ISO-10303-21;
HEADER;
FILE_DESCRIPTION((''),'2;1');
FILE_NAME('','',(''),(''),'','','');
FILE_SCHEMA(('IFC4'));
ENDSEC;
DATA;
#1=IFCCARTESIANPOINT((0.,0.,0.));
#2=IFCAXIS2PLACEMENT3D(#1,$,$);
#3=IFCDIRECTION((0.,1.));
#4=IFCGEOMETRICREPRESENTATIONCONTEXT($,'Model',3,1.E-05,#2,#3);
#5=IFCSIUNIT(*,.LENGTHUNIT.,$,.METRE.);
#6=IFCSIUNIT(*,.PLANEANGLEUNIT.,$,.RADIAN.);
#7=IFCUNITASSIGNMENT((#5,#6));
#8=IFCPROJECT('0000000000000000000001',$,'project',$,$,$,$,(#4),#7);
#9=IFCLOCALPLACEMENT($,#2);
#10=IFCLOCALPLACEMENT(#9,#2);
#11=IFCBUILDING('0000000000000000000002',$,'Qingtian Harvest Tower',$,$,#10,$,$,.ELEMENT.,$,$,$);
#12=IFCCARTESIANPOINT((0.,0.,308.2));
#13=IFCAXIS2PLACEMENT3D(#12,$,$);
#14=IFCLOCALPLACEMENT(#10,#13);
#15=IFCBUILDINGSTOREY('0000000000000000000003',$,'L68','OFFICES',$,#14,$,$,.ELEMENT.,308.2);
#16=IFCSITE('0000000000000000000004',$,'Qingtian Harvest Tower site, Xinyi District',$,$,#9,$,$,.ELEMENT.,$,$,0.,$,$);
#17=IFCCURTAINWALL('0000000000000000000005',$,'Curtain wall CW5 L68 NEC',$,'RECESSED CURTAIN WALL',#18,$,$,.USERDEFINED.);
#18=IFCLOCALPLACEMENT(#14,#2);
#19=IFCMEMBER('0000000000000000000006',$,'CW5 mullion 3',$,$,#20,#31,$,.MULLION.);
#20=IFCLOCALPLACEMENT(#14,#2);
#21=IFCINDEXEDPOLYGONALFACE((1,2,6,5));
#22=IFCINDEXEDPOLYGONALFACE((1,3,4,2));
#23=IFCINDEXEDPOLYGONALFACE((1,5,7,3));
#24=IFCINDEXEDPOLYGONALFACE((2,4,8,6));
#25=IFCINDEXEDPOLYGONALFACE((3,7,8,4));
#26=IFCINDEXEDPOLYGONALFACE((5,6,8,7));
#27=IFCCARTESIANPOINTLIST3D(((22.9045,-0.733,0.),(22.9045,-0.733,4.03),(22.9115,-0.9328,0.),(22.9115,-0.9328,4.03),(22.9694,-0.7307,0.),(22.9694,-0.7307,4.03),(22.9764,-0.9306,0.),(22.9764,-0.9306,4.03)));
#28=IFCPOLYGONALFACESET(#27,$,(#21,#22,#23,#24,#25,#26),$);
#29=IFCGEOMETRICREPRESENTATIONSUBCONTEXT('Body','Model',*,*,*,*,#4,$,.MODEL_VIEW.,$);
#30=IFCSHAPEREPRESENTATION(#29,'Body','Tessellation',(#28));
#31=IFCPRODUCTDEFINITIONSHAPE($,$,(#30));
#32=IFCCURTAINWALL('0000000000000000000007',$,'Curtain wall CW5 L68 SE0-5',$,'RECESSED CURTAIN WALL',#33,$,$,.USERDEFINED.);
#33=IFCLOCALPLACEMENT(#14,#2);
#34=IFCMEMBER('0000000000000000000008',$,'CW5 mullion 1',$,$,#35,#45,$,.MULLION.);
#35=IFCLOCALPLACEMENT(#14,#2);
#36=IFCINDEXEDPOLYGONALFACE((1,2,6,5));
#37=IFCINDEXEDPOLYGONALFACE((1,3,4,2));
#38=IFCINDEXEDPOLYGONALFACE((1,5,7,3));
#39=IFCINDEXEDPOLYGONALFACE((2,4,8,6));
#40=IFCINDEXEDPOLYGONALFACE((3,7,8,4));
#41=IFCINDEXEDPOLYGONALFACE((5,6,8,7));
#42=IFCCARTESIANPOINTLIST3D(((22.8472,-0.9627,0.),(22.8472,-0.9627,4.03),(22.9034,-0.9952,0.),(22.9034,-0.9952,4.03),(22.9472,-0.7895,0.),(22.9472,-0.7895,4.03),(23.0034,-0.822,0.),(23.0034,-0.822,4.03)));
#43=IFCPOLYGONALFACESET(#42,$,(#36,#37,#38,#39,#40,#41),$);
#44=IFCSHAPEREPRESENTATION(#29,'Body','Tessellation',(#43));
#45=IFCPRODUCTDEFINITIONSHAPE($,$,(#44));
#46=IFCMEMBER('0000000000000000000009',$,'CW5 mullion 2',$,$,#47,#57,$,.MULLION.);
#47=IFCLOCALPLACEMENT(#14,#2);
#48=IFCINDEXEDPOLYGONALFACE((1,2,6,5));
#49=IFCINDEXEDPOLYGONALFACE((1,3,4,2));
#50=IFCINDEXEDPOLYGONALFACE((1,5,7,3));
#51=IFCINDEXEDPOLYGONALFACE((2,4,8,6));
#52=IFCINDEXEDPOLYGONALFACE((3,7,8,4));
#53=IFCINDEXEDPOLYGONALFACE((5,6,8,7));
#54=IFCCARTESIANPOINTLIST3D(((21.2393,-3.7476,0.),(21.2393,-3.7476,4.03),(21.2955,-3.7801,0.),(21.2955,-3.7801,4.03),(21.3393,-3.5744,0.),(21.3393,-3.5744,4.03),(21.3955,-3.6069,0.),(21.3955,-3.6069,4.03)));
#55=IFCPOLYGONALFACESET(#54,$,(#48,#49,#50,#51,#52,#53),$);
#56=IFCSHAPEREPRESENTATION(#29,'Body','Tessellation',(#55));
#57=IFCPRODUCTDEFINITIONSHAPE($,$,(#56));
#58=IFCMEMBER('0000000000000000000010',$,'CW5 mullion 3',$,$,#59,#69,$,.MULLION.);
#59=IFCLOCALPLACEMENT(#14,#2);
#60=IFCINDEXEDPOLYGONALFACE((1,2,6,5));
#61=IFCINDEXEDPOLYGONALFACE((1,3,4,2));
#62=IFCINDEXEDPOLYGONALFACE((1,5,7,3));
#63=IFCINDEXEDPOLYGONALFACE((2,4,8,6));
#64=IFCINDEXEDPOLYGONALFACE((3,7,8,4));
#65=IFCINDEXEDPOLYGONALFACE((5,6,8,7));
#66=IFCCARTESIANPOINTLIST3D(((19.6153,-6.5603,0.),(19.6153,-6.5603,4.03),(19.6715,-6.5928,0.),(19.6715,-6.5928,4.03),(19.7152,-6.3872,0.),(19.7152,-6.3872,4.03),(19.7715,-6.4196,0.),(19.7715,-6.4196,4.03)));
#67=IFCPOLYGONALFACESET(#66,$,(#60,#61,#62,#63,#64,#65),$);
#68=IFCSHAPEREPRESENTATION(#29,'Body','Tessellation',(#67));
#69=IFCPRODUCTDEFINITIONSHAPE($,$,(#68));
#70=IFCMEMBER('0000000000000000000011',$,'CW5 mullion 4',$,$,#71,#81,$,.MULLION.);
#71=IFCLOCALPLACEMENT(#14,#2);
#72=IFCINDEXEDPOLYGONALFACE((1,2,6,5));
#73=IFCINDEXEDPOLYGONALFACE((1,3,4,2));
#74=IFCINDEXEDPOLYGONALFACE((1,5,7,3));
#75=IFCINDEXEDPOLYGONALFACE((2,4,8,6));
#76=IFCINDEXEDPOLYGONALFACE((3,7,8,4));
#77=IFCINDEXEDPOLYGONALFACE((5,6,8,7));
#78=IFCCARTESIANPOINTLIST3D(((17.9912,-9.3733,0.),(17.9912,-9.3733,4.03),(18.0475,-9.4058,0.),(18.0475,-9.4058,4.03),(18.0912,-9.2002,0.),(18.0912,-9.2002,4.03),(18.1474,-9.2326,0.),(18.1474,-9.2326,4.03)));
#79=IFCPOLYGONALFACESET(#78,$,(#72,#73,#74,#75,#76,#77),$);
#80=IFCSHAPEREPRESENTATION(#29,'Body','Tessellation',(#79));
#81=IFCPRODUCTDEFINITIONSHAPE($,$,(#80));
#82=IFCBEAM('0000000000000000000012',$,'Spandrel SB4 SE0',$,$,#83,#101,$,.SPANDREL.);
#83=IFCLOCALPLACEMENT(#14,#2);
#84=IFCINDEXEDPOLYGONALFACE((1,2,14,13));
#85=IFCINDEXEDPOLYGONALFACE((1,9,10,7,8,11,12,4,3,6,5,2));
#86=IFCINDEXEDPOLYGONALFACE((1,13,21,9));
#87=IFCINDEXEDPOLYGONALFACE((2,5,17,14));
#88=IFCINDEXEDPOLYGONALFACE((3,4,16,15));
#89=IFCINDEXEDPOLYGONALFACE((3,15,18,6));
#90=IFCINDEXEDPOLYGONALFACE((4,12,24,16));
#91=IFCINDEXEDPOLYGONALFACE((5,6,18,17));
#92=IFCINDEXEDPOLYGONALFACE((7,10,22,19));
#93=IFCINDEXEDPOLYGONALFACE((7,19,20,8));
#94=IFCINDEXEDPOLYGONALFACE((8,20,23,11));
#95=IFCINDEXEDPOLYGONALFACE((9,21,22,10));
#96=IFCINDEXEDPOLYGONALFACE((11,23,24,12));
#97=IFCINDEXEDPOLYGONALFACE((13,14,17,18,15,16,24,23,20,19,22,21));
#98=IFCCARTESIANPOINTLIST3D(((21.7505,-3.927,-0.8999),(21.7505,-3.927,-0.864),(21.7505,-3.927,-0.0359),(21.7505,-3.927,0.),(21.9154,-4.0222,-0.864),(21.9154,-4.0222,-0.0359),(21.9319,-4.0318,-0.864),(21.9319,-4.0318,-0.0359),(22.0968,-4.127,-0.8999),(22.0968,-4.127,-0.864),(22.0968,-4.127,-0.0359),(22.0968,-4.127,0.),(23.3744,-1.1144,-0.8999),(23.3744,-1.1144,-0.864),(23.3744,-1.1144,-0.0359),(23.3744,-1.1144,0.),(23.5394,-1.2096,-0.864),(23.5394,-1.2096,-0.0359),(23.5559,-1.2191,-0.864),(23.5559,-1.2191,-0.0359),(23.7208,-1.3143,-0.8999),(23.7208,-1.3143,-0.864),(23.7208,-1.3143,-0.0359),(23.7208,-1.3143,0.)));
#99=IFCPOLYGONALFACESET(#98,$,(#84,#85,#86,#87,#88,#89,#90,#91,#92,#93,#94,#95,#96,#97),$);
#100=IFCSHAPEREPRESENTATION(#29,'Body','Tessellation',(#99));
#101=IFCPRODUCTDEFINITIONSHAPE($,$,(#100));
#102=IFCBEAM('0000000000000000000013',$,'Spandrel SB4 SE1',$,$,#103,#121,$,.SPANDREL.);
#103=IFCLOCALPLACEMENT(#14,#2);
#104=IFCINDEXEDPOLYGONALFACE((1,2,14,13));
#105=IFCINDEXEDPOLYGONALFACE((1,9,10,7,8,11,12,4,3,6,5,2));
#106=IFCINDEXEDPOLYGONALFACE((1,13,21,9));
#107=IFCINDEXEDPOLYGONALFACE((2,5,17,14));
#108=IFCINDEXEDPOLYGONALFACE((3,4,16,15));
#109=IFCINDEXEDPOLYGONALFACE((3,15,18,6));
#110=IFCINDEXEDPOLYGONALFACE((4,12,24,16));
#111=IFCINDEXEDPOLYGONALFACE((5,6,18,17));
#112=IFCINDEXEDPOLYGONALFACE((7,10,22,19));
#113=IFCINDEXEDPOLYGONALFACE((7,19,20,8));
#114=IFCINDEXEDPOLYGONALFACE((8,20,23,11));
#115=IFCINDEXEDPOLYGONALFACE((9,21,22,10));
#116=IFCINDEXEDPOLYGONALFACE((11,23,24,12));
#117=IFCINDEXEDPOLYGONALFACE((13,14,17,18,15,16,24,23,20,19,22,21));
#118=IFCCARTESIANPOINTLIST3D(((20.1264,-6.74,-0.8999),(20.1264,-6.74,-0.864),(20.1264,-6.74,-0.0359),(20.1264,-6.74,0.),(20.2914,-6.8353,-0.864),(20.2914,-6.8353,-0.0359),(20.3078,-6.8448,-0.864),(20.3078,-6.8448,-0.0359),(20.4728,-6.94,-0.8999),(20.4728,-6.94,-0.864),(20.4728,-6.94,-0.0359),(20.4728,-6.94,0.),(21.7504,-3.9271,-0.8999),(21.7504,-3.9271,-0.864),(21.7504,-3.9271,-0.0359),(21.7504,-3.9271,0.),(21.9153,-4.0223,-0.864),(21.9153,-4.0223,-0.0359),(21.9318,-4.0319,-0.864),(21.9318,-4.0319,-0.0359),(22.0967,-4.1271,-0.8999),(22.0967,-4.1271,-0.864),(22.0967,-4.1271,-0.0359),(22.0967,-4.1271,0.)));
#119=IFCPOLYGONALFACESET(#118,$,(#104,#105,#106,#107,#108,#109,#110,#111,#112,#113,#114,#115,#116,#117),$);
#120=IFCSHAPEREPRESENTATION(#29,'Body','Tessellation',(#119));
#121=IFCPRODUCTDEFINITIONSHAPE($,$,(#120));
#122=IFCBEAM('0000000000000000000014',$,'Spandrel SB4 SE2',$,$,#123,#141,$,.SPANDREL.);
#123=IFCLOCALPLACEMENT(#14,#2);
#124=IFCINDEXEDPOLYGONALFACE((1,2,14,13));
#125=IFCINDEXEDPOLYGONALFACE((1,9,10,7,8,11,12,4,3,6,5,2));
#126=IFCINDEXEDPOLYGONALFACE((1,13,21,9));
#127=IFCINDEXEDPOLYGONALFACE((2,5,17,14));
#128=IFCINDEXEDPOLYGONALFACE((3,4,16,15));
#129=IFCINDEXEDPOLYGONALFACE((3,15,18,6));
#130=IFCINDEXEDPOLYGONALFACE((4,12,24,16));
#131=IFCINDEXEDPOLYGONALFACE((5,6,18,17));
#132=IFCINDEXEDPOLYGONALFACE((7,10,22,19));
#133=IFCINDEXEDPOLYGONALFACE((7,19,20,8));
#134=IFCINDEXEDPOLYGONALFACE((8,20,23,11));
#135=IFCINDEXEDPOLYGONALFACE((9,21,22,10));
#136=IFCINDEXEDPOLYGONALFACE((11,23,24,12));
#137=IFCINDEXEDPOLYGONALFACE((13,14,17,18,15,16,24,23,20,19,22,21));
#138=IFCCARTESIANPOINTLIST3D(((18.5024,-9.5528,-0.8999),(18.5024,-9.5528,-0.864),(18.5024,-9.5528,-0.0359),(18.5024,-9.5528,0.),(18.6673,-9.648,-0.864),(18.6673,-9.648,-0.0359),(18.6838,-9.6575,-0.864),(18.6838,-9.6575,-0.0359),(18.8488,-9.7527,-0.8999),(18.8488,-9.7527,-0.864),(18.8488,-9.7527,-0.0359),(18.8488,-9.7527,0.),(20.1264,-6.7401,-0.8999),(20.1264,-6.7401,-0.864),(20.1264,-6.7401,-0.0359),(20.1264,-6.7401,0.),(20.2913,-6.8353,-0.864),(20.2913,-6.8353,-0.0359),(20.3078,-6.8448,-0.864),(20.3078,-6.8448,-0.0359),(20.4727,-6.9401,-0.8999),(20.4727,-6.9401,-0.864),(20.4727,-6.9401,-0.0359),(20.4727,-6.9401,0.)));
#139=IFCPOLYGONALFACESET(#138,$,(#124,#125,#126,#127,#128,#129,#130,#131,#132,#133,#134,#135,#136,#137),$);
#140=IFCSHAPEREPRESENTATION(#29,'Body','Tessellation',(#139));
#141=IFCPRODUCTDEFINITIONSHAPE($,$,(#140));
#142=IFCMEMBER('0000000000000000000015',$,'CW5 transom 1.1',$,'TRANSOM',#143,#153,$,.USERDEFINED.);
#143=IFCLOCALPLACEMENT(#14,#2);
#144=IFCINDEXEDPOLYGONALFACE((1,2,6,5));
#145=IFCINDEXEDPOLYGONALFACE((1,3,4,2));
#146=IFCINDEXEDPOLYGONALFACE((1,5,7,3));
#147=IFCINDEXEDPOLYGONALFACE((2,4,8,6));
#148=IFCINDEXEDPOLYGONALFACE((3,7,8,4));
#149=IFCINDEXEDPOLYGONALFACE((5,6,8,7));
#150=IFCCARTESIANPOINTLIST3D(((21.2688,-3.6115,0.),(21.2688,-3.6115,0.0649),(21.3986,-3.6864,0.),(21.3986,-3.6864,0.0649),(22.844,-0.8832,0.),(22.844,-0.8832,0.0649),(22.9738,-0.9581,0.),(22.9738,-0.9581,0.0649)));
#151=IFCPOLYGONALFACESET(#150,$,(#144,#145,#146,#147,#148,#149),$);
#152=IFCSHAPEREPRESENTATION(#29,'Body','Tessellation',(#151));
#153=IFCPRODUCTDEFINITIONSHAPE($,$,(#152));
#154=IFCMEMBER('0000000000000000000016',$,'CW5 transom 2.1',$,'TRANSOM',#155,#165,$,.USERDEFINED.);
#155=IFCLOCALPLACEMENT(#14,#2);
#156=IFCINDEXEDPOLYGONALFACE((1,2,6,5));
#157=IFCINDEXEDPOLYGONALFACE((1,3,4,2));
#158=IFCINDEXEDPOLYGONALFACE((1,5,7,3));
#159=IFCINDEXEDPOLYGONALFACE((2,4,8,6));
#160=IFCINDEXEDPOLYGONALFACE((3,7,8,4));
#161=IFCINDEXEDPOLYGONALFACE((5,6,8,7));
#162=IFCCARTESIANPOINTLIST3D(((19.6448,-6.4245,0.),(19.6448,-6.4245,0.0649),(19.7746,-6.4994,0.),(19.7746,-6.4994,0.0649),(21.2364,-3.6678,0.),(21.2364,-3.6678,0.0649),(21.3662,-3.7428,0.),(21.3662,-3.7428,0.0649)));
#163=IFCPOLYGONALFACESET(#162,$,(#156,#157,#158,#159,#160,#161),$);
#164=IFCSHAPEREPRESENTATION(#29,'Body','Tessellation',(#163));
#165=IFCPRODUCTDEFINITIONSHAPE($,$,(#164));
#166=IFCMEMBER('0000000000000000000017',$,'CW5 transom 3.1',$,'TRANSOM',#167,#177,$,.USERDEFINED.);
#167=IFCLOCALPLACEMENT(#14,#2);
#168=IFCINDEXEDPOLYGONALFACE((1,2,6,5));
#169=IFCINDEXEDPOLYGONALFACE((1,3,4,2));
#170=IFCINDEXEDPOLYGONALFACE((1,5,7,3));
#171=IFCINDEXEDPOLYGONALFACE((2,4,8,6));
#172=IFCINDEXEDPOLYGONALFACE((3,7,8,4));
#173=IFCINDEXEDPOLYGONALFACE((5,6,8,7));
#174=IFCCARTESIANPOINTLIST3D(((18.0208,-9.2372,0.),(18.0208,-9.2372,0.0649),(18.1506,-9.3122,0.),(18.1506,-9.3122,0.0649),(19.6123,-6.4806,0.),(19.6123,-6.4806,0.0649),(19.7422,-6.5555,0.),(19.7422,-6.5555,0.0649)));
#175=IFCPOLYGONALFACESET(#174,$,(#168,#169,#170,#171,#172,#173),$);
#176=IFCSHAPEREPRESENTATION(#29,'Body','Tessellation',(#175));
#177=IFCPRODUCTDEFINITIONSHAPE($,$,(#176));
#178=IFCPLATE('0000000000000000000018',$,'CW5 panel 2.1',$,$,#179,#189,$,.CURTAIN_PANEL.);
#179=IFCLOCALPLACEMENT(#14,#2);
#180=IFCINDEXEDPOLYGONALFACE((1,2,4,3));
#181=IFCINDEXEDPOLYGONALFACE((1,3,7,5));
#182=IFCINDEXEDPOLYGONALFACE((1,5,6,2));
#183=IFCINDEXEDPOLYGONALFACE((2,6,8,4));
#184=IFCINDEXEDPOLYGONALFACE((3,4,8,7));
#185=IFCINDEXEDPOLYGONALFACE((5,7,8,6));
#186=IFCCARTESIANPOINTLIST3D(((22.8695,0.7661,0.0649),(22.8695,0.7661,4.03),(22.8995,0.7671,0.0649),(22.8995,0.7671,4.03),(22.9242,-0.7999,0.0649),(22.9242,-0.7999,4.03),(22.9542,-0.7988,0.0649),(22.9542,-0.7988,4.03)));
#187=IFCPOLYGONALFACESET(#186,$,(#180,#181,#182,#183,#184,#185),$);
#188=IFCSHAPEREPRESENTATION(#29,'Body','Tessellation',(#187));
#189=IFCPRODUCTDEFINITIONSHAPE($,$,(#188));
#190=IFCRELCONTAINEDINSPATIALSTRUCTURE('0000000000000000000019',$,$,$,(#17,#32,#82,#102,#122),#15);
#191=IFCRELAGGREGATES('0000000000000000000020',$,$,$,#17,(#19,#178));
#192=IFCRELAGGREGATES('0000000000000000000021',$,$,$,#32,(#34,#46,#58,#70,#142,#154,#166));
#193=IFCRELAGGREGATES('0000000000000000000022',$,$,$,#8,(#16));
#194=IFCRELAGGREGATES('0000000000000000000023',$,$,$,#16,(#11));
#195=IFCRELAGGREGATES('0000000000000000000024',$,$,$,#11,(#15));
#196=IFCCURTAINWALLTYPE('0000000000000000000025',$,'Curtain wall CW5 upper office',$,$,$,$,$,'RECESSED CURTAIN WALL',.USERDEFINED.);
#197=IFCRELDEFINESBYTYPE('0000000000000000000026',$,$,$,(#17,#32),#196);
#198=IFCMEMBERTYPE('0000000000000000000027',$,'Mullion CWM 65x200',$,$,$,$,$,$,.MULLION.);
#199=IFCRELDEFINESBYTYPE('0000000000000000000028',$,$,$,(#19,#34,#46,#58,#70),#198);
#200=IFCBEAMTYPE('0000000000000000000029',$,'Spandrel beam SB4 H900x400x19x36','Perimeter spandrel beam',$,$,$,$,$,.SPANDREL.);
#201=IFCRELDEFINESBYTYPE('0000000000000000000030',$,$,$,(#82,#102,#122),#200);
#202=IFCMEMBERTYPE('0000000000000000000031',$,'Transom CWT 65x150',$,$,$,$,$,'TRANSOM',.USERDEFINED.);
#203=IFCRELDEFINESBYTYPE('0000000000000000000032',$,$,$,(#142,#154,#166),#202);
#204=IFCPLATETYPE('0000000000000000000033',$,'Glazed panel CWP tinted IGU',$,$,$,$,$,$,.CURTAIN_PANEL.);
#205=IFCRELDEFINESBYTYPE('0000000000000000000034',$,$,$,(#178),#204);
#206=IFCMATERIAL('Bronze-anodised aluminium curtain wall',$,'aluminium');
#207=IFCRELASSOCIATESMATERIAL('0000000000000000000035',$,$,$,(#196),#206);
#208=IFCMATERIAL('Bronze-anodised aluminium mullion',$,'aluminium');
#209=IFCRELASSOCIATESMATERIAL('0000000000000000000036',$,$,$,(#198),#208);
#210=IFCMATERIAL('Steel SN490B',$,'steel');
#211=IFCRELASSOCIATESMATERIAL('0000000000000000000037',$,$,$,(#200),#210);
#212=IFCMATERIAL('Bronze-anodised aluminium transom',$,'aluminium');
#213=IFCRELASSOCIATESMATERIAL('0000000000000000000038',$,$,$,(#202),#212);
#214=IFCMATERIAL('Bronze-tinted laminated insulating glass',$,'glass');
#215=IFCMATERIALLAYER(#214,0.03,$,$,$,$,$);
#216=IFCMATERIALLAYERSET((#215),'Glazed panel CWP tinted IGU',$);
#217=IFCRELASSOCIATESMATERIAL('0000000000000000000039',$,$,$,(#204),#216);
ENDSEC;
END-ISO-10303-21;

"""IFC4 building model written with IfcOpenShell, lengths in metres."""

from ifc_helpers import new_model, si_unit, direction, frame, origin, origin_2d, place, context, subcontext, project, spatial, rectangle, i_section, extrude, material, layer, layer_set, material_profile, profile_set, type_object, element, aggregate, save


model = new_model("IFC4")

# Units and contexts
model_context = context("Model", 3, precision=1e-05, world=origin(), true_north=direction((0.0, 1.0)))
body_context = subcontext(model_context, "Body", "Model", "MODEL_VIEW")
ifc_project = project(units=[si_unit("LENGTHUNIT", "METRE"), si_unit("PLANEANGLEUNIT", "RADIAN")], contexts=[model_context])

# Site, building, storey
site_placement = place(None, origin())
site = spatial("IfcSite", under=ifc_project, at=site_placement, Name="Qingtian Harvest Tower site, Xinyi District", CompositionType="ELEMENT", RefElevation=0.0)
building_placement = place(site_placement, origin())
building = spatial("IfcBuilding", under=site, at=building_placement, Name="Qingtian Harvest Tower", CompositionType="ELEMENT")
storey_placement = place(building_placement, frame((0.0, 0.0, 308.2)))
storey = spatial("IfcBuildingStorey", under=building, at=storey_placement, Name="L68", Description="OFFICES", CompositionType="ELEMENT", Elevation=308.2)

# Curtain wall, member
ifc_material_1 = material(Name="Bronze-anodised aluminium curtain wall", Category="aluminium")
curtain_wall_type = type_object("IfcCurtainWallType", Name="Curtain wall CW5 upper office", ElementType="RECESSED CURTAIN WALL", PredefinedType="USERDEFINED", material=ifc_material_1)
curtain_wall_1_placement = place(storey_placement, origin())
curtain_wall_1 = element("IfcCurtainWall", 1, at=curtain_wall_1_placement, inside=storey, type_object=curtain_wall_type, Name="Curtain wall CW5 L68 NEC", ObjectType="RECESSED CURTAIN WALL", PredefinedType="USERDEFINED")
ifc_material_2 = material(Name="Bronze-anodised aluminium mullion", Category="aluminium")
ifc_material_profile_1 = material_profile(ifc_material_2, rectangle(XDim=0.0649, YDim=0.2, at=origin_2d()), Name="AL 65x200")
ifc_profile_set_1 = profile_set([ifc_material_profile_1], Name="Bronze-anodised aluminium mullion")
member_type_1 = type_object("IfcMemberType", Name="Mullion CWM 65x200", PredefinedType="MULLION", material=ifc_profile_set_1)
member_1_placement = place(storey_placement, frame((22.9404, -0.8318, 0.0), z_axis=(0.0, 0.0, 1.0), x_axis=(0.999391, 0.034899, 0.0)))
member_1 = element("IfcMember", 2, at=member_1_placement, type_object=member_type_1, Name="CW5 mullion 3", PredefinedType="MULLION", context=body_context, shape_type="SweptSolid", body=[
    extrude(rectangle(XDim=0.0649, YDim=0.2, at=origin_2d()), origin(), (0.0, 0.0, 1.0), 4.03),
])

# Curtain wall, members
curtain_wall_2_placement = place(storey_placement, origin())
curtain_wall_2 = element("IfcCurtainWall", 3, at=curtain_wall_2_placement, inside=storey, type_object=curtain_wall_type, Name="Curtain wall CW5 L68 SE0-5", ObjectType="RECESSED CURTAIN WALL", PredefinedType="USERDEFINED")
member_2_placement = place(storey_placement, frame((22.9253, -0.8923, 0.0), z_axis=(0.0, 0.0, 1.0), x_axis=(0.866025, -0.5, 0.0)))
member_2 = element("IfcMember", 4, at=member_2_placement, type_object=member_type_1, Name="CW5 mullion 1", PredefinedType="MULLION", context=body_context, shape_type="SweptSolid", body=[
    extrude(rectangle(XDim=0.0649, YDim=0.2, at=origin_2d()), origin(), (0.0, 0.0, 1.0), 4.03),
])
member_3_placement = place(storey_placement, frame((21.3174, -3.6772, 0.0), z_axis=(0.0, 0.0, 1.0), x_axis=(0.866025, -0.5, 0.0)))
member_3 = element("IfcMember", 5, at=member_3_placement, type_object=member_type_1, Name="CW5 mullion 2", PredefinedType="MULLION", context=body_context, shape_type="SweptSolid", body=[
    extrude(rectangle(XDim=0.0649, YDim=0.2, at=origin_2d()), origin(), (0.0, 0.0, 1.0), 4.03),
])
member_4_placement = place(storey_placement, frame((19.6934, -6.49, 0.0), z_axis=(0.0, 0.0, 1.0), x_axis=(0.866025, -0.5, 0.0)))
member_4 = element("IfcMember", 6, at=member_4_placement, type_object=member_type_1, Name="CW5 mullion 3", PredefinedType="MULLION", context=body_context, shape_type="SweptSolid", body=[
    extrude(rectangle(XDim=0.0649, YDim=0.2, at=origin_2d()), origin(), (0.0, 0.0, 1.0), 4.03),
])
member_5_placement = place(storey_placement, frame((18.0693, -9.303, 0.0), z_axis=(0.0, 0.0, 1.0), x_axis=(0.866025, -0.5, 0.0)))
member_5 = element("IfcMember", 7, at=member_5_placement, type_object=member_type_1, Name="CW5 mullion 4", PredefinedType="MULLION", context=body_context, shape_type="SweptSolid", body=[
    extrude(rectangle(XDim=0.0649, YDim=0.2, at=origin_2d()), origin(), (0.0, 0.0, 1.0), 4.03),
])

# Beams
ifc_material_3 = material(Name="Steel SN490B", Category="steel")
ifc_material_profile_2 = material_profile(ifc_material_3, i_section(OverallWidth=0.3999, OverallDepth=0.8999, WebThickness=0.019, FlangeThickness=0.0359, at=origin_2d()), Name="H900x400x19x36")
ifc_profile_set_2 = profile_set([ifc_material_profile_2], Name="Steel SN490B")
beam_type_1 = type_object("IfcBeamType", Name="Spandrel beam SB4 H900x400x19x36", Description="Perimeter spandrel beam", PredefinedType="SPANDREL", material=ifc_profile_set_2)
beam_1_placement = place(storey_placement, frame((23.5476, -1.2144, -0.45), z_axis=(-0.50002, -0.866014, 0.0), x_axis=(0.866014, -0.50002, 0.0)))
element("IfcBeam", 8, at=beam_1_placement, inside=storey, type_object=beam_type_1, Name="Spandrel SB4 SE0", PredefinedType="SPANDREL", context=body_context, shape_type="SweptSolid", body=[
    extrude(i_section(OverallWidth=0.3999, OverallDepth=0.8999, WebThickness=0.019, FlangeThickness=0.0359, at=origin_2d()), origin(), (0.0, 0.0, 1.0), 3.2478),
])
beam_2_placement = place(storey_placement, frame((21.9236, -4.0271, -0.45), z_axis=(-0.499987, -0.866033, 0.0), x_axis=(0.866033, -0.499987, 0.0)))
element("IfcBeam", 9, at=beam_2_placement, inside=storey, type_object=beam_type_1, Name="Spandrel SB4 SE1", PredefinedType="SPANDREL", context=body_context, shape_type="SweptSolid", body=[
    extrude(i_section(OverallWidth=0.3999, OverallDepth=0.8999, WebThickness=0.019, FlangeThickness=0.0359, at=origin_2d()), origin(), (0.0, 0.0, 1.0), 3.248),
])
beam_3_placement = place(storey_placement, frame((20.2996, -6.8401, -0.45), z_axis=(-0.50002, -0.866014, 0.0), x_axis=(0.866014, -0.50002, 0.0)))
element("IfcBeam", 10, at=beam_3_placement, inside=storey, type_object=beam_type_1, Name="Spandrel SB4 SE2", PredefinedType="SPANDREL", context=body_context, shape_type="SweptSolid", body=[
    extrude(i_section(OverallWidth=0.3999, OverallDepth=0.8999, WebThickness=0.019, FlangeThickness=0.0359, at=origin_2d()), origin(), (0.0, 0.0, 1.0), 3.2478),
])

# Members
ifc_material_4 = material(Name="Bronze-anodised aluminium transom", Category="aluminium")
ifc_material_profile_3 = material_profile(ifc_material_4, rectangle(XDim=0.1499, YDim=0.0649, at=origin_2d()), Name="AL 65x150")
ifc_profile_set_3 = profile_set([ifc_material_profile_3], Name="Bronze-anodised aluminium transom")
member_type_2 = type_object("IfcMemberType", Name="Transom CWT 65x150", ElementType="TRANSOM", PredefinedType="USERDEFINED", material=ifc_profile_set_3)
member_6_placement = place(storey_placement, frame((22.9089, -0.9207, 0.0325), z_axis=(-0.500006, -0.866022, 0.0), x_axis=(0.866022, -0.500006, 0.0)))
member_6 = element("IfcMember", 11, at=member_6_placement, type_object=member_type_2, Name="CW5 transom 1.1", ObjectType="TRANSOM", PredefinedType="USERDEFINED", context=body_context, shape_type="SweptSolid", body=[
    extrude(rectangle(XDim=0.1499, YDim=0.0649, at=origin_2d()), origin(), (0.0, 0.0, 1.0), 3.1504),
])
member_7_placement = place(storey_placement, frame((21.3013, -3.7053, 0.0325), z_axis=(-0.500008, -0.866021, 0.0), x_axis=(0.866021, -0.500008, 0.0)))
member_7 = element("IfcMember", 12, at=member_7_placement, type_object=member_type_2, Name="CW5 transom 2.1", ObjectType="TRANSOM", PredefinedType="USERDEFINED", context=body_context, shape_type="SweptSolid", body=[
    extrude(rectangle(XDim=0.1499, YDim=0.0649, at=origin_2d()), origin(), (0.0, 0.0, 1.0), 3.1831),
])
member_8_placement = place(storey_placement, frame((19.6772, -6.5181, 0.0325), z_axis=(-0.500008, -0.866021, 0.0), x_axis=(0.866021, -0.500008, 0.0)))
member_8 = element("IfcMember", 13, at=member_8_placement, type_object=member_type_2, Name="CW5 transom 3.1", ObjectType="TRANSOM", PredefinedType="USERDEFINED", context=body_context, shape_type="SweptSolid", body=[
    extrude(rectangle(XDim=0.1499, YDim=0.0649, at=origin_2d()), origin(), (0.0, 0.0, 1.0), 3.1831),
])

# Plate
ifc_material_5 = material(Name="Bronze-tinted laminated insulating glass", Category="glass")
ifc_layer_1 = layer(ifc_material_5, 0.03)
ifc_layer_set_1 = layer_set([ifc_layer_1], Name="Glazed panel CWP tinted IGU")
plate_type = type_object("IfcPlateType", Name="Glazed panel CWP tinted IGU", PredefinedType="CURTAIN_PANEL", material=ifc_layer_set_1)
plate_1_placement = place(storey_placement, frame((22.9119, -0.0164, 0.0649), z_axis=(0.0, 0.0, 1.0), x_axis=(0.034899, -0.999391, 0.0)))
plate_1 = element("IfcPlate", 14, at=plate_1_placement, type_object=plate_type, Name="CW5 panel 2.1", PredefinedType="CURTAIN_PANEL", context=body_context, shape_type="SweptSolid", body=[
    extrude(rectangle(XDim=1.5669, YDim=0.03, at=origin_2d()), origin(), (0.0, 0.0, 1.0), 3.9651),
])
aggregate(curtain_wall_1, [member_1, plate_1])
aggregate(curtain_wall_2, [member_2, member_3, member_4, member_5, member_6, member_7, member_8])

save(model, "model.ifc")
